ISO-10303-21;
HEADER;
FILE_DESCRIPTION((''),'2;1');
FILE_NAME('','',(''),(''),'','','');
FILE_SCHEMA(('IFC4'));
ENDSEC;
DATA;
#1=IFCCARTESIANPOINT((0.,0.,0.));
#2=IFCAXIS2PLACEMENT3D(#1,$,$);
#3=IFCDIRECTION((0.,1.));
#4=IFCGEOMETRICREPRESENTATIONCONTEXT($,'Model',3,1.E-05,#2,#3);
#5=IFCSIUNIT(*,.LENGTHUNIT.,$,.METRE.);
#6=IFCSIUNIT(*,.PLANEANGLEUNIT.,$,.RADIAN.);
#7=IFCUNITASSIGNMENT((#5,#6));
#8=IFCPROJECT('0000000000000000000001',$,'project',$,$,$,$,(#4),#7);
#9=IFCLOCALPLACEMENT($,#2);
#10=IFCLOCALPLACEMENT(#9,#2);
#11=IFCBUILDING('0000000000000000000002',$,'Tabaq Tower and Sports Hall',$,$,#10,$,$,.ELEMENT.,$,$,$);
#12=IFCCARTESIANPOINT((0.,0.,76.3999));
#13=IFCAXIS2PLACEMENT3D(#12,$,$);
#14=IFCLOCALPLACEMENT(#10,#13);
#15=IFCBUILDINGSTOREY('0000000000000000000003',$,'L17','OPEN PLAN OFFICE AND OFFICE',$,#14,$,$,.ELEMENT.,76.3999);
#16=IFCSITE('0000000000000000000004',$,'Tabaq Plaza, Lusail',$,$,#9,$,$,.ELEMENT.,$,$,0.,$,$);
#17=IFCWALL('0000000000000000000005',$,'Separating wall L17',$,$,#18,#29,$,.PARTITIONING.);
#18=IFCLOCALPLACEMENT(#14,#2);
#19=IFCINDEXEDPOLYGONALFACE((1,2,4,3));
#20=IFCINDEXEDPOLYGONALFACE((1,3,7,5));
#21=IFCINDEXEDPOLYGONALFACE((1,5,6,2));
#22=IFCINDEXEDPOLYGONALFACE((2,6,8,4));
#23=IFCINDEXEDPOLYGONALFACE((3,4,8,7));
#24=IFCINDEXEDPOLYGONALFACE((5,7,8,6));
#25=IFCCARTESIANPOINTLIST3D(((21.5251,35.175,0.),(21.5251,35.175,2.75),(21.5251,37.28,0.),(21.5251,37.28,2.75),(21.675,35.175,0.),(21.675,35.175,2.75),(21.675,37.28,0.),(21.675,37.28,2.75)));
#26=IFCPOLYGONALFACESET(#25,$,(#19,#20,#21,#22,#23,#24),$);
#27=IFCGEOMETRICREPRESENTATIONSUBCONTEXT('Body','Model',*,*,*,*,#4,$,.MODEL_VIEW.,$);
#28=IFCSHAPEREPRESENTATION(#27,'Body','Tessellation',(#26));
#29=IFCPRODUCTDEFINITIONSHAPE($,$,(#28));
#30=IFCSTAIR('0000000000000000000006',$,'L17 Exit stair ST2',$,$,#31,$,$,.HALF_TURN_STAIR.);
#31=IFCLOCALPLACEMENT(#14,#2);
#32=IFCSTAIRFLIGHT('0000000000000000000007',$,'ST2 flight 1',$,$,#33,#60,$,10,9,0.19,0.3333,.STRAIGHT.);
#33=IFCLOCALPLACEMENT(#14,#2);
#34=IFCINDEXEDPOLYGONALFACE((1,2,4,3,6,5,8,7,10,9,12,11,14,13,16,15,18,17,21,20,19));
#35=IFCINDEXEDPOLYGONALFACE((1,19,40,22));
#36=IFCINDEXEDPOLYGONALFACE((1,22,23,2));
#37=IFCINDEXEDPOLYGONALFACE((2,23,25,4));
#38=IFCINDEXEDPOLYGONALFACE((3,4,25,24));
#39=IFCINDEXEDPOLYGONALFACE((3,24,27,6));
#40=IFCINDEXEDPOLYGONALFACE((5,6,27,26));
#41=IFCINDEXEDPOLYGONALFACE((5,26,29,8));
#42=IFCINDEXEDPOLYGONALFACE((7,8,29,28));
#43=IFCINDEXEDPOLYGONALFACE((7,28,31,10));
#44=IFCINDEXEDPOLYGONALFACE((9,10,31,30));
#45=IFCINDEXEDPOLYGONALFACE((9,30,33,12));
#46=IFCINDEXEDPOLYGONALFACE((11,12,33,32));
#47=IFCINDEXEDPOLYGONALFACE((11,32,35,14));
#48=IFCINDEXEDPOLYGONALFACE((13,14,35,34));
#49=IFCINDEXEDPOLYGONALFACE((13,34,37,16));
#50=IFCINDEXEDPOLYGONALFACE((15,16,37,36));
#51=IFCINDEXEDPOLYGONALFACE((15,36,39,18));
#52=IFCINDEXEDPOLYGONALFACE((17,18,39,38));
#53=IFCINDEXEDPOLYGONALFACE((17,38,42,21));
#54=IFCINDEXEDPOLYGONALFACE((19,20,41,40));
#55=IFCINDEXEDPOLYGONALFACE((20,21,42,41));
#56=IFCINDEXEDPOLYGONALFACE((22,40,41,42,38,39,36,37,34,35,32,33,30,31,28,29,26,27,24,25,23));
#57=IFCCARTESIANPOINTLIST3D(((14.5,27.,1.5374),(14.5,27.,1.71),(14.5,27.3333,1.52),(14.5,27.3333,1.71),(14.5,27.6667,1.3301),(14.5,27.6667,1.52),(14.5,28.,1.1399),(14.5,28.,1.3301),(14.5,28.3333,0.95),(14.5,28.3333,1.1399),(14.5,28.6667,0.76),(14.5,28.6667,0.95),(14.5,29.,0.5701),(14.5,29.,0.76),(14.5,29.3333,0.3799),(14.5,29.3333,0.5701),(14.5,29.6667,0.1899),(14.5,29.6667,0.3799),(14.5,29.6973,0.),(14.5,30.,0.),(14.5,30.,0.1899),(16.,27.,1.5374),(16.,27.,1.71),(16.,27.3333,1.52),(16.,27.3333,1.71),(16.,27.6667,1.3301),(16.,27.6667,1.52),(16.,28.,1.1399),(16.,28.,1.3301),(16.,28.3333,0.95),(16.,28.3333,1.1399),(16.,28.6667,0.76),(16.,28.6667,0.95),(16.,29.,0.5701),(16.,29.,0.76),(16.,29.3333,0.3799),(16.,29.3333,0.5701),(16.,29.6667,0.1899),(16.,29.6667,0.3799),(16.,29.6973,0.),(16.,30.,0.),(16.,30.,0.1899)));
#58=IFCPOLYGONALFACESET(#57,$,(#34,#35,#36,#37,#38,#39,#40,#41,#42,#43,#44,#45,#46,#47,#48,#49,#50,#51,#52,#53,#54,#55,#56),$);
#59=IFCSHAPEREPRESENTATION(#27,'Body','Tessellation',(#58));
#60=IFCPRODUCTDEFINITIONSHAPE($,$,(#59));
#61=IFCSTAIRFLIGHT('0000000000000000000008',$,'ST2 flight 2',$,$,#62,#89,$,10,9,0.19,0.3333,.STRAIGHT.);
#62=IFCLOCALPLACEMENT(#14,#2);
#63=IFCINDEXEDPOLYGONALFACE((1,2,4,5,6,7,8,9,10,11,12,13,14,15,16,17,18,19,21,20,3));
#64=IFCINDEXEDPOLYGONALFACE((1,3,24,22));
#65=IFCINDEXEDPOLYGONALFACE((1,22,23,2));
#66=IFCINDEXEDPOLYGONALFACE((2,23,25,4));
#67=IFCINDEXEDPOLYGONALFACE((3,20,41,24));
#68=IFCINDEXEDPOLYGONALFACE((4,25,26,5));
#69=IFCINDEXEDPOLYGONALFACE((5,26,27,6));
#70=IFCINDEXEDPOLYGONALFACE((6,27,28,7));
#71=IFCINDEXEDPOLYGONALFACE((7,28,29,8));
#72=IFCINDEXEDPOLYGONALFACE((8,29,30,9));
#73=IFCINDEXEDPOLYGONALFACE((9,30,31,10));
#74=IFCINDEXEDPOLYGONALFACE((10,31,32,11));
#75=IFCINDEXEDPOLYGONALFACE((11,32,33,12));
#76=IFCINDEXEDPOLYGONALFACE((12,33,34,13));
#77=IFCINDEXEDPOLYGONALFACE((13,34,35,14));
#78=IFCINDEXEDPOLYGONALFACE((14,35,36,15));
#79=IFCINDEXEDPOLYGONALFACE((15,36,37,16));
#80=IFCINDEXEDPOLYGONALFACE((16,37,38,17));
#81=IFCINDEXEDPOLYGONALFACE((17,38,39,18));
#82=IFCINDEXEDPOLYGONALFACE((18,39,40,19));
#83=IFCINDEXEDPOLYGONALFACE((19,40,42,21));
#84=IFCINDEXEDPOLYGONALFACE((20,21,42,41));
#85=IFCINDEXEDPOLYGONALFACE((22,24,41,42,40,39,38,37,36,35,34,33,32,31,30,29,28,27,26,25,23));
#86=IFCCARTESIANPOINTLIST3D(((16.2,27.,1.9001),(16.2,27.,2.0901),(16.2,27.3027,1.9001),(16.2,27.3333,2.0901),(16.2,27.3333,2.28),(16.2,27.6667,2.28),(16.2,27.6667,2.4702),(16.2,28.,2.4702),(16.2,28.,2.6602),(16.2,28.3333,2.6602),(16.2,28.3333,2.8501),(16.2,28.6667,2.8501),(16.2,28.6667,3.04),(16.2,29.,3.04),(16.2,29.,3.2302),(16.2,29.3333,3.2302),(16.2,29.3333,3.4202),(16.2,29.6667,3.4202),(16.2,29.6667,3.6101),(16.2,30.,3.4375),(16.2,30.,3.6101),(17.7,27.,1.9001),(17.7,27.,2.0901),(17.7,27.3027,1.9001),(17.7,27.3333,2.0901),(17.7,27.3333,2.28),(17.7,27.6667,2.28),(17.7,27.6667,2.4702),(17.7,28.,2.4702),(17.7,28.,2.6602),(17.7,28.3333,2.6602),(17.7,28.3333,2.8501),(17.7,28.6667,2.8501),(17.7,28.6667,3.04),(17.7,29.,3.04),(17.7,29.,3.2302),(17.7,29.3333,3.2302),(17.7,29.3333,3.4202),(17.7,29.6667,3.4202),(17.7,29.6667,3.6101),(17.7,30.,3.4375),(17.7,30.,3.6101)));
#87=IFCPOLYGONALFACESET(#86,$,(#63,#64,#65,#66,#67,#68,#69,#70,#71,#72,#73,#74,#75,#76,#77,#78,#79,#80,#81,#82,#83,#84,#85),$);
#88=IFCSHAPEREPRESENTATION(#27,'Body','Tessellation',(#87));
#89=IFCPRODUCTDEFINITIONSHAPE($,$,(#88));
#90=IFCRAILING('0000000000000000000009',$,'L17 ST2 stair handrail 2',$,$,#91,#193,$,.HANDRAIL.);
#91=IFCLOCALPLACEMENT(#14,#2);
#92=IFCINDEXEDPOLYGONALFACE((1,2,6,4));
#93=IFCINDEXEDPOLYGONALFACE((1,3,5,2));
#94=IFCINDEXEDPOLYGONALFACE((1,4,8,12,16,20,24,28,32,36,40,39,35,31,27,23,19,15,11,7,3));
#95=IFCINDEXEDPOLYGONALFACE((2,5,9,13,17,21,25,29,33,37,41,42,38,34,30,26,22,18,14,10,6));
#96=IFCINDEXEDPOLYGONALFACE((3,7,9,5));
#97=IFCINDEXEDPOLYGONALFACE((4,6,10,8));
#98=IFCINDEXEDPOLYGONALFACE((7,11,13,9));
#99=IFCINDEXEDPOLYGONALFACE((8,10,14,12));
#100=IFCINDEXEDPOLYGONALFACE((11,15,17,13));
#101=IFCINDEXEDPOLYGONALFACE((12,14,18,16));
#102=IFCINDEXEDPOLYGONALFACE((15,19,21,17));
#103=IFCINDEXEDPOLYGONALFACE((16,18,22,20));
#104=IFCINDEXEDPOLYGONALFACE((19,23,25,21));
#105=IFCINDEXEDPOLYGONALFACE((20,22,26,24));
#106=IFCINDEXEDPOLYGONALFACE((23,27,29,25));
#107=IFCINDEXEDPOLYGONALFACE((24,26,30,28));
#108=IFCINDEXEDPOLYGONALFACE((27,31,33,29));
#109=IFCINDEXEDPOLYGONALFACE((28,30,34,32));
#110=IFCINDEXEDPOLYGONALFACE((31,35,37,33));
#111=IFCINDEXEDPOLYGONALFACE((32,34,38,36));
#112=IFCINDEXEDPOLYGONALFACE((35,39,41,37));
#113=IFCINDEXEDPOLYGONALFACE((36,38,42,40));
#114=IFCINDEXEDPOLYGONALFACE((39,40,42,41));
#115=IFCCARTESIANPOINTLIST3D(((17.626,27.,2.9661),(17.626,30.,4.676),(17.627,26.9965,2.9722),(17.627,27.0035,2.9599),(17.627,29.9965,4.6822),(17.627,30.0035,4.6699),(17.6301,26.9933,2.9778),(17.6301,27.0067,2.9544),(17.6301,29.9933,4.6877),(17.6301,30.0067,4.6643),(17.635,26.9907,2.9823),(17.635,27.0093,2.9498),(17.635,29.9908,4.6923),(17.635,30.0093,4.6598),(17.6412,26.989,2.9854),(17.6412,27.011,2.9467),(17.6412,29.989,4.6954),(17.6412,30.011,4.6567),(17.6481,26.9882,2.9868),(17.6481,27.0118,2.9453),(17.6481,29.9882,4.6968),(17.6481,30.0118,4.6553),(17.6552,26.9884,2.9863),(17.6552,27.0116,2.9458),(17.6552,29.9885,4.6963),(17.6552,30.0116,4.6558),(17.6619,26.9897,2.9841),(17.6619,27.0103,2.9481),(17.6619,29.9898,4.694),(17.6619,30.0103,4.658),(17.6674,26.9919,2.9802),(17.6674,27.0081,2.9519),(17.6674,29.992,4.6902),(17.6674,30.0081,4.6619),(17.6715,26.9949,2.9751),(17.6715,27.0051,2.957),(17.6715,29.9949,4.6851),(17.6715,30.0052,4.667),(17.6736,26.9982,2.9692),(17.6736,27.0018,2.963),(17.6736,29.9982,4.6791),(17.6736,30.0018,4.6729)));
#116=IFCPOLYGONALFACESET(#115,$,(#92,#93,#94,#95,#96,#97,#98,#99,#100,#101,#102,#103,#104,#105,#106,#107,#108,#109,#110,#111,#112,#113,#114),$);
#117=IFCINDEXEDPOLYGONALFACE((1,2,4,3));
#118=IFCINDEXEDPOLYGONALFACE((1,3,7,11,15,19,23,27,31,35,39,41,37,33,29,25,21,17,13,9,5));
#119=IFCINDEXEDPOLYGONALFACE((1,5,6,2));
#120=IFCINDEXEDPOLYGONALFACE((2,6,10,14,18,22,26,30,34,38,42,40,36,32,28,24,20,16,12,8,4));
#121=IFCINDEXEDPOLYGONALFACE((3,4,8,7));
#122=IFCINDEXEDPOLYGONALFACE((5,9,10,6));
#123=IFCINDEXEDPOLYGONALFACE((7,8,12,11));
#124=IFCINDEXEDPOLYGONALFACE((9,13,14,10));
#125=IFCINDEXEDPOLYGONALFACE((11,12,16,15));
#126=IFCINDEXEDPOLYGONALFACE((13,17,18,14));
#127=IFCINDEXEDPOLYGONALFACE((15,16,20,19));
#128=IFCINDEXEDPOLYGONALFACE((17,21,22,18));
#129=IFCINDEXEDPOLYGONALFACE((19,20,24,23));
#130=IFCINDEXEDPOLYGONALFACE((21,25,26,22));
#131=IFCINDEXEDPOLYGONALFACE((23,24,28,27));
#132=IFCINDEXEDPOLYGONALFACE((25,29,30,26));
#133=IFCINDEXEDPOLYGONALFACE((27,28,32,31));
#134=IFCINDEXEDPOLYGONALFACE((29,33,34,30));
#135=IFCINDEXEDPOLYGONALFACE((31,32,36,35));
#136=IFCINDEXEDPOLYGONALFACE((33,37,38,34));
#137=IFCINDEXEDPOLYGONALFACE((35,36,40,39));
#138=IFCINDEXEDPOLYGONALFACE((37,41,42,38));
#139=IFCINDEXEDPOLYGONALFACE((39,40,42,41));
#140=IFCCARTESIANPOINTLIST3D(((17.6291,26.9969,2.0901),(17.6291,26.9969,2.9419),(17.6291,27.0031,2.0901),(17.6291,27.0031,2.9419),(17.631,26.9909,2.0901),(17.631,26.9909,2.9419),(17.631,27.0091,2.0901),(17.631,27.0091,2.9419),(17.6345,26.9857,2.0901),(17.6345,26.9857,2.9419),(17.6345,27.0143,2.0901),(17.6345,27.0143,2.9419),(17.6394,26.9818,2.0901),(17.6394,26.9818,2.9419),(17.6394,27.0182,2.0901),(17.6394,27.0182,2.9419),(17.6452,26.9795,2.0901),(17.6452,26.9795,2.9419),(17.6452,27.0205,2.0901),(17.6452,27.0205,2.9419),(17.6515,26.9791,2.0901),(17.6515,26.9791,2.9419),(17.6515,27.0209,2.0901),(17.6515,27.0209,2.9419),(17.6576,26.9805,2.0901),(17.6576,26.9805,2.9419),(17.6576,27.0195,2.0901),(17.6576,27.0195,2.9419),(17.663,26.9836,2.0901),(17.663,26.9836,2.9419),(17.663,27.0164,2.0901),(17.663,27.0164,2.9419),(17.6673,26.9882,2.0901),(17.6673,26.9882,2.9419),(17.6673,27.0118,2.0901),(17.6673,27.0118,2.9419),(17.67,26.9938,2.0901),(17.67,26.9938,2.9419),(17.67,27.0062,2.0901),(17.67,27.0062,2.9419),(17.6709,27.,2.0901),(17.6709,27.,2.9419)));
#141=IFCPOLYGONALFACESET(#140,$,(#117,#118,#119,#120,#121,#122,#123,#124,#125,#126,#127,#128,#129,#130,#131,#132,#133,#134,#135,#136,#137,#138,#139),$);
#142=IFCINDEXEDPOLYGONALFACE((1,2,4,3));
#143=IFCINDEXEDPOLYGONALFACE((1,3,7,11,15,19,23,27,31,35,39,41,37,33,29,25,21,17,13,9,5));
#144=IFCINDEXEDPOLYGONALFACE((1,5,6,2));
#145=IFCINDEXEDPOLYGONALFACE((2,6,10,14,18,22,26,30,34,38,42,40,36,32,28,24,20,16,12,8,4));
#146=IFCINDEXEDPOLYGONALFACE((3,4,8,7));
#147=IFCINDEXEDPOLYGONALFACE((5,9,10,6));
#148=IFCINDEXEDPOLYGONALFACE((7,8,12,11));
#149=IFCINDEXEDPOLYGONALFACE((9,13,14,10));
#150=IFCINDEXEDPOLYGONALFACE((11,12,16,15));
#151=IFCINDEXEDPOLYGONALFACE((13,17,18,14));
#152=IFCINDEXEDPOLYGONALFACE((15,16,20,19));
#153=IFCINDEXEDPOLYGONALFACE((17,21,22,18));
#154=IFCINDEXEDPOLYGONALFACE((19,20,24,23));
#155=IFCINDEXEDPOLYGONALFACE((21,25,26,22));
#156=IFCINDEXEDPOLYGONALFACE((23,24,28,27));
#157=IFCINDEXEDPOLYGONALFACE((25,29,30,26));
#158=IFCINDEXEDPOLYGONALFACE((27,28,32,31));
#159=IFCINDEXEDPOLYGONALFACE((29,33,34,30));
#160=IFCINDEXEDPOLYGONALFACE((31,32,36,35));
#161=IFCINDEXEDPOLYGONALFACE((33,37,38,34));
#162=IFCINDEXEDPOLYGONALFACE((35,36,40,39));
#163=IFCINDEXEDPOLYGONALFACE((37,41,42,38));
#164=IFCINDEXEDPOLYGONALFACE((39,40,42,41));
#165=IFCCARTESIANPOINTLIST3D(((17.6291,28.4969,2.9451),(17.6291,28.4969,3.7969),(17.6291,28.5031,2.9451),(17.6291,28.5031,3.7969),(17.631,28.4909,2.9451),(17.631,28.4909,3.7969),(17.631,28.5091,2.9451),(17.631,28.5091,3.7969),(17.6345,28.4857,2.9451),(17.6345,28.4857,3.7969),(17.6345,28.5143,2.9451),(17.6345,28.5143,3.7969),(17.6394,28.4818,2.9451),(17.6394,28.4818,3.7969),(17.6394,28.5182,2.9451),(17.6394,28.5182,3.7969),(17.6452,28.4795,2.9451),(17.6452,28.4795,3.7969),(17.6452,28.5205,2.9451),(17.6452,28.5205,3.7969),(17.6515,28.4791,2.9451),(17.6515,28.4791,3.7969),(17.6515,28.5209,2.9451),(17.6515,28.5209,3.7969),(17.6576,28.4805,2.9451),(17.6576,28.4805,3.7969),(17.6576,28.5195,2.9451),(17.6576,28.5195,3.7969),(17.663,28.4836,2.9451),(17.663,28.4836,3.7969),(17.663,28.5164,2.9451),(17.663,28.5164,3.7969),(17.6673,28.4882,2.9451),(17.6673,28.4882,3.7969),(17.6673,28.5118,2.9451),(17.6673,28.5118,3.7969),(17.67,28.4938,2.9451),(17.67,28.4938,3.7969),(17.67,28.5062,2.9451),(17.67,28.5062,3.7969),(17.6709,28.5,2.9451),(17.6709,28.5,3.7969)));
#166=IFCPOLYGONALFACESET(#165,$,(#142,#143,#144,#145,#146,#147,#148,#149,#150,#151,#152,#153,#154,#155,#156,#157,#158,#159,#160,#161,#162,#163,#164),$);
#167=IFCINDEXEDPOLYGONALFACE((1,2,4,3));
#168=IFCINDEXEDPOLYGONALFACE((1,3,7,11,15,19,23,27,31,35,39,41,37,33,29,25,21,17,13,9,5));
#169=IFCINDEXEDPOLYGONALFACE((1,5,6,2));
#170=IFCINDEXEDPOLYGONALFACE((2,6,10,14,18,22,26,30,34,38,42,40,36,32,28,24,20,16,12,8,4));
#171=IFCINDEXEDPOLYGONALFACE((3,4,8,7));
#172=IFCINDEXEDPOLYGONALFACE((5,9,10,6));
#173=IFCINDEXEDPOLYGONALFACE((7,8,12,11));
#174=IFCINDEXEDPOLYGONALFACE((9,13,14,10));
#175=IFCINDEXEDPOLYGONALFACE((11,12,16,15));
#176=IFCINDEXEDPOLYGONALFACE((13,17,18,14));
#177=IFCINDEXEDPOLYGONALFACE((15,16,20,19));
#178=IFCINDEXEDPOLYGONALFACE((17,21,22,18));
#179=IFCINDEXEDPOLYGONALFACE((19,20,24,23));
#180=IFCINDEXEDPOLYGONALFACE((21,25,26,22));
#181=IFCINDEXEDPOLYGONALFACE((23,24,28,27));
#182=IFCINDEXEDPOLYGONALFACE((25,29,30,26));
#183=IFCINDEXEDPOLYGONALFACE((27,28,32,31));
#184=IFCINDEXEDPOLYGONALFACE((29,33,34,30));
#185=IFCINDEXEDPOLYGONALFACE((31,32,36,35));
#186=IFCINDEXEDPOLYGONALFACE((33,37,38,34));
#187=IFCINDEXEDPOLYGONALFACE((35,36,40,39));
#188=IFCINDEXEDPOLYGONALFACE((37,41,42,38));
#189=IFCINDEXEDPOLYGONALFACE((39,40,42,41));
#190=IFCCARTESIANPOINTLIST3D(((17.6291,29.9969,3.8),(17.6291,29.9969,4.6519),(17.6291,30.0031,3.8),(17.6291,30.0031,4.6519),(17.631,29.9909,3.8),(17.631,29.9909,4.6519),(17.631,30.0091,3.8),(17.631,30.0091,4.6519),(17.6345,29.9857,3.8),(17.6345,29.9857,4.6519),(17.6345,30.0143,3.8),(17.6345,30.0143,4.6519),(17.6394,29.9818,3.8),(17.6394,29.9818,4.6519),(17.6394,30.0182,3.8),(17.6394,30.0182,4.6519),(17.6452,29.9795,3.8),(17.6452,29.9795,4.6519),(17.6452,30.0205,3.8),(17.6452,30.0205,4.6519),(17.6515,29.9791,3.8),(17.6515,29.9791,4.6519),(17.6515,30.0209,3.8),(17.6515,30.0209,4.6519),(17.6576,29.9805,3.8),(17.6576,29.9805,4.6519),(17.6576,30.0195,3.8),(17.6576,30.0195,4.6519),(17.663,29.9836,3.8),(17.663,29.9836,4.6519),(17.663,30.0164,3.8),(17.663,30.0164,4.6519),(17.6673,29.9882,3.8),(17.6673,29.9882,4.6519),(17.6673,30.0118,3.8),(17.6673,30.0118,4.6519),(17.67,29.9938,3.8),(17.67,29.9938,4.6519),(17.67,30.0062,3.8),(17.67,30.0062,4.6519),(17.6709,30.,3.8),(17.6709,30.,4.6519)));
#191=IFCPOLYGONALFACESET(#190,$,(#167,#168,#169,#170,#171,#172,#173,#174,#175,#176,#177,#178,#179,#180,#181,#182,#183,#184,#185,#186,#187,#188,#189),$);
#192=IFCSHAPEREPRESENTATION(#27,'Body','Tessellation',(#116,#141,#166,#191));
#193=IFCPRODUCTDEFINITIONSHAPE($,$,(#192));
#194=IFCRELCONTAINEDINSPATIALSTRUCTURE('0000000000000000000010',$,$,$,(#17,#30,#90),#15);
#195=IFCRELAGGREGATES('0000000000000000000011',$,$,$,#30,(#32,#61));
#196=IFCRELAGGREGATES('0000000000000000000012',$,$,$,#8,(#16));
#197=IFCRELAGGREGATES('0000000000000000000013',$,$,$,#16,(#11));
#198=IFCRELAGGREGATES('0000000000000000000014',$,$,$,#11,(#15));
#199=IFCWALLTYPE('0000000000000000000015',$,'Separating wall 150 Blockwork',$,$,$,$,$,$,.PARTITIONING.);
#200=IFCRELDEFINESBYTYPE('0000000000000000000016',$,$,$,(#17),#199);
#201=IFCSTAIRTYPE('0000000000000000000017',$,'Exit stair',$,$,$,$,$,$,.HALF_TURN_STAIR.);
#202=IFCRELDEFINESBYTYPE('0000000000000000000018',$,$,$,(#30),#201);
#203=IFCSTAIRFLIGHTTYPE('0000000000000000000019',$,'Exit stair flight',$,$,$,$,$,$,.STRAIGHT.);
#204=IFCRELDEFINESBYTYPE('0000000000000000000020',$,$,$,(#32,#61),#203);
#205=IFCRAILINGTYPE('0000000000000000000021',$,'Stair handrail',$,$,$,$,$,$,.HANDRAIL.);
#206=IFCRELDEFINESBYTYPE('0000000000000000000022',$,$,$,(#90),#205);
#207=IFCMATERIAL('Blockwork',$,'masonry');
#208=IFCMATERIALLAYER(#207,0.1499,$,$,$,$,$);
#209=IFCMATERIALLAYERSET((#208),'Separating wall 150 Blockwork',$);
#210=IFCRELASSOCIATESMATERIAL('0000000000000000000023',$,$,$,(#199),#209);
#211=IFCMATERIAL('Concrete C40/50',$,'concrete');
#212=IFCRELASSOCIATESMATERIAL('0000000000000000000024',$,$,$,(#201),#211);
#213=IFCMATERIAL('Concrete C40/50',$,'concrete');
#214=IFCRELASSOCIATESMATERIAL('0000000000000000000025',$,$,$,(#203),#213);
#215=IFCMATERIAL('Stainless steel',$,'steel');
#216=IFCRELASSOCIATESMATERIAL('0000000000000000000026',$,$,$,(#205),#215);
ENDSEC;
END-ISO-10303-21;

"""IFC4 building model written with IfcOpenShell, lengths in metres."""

from ifc_helpers import new_model, si_unit, direction, frame, frame_2d, origin, origin_2d, place, context, subcontext, project, spatial, polyline, rectangle, circle, outline, extrude, material, layer, layer_set, type_object, element, aggregate, save


model = new_model("IFC4")

# Units and contexts
model_context = context("Model", 3, precision=1e-05, world=origin(), true_north=direction((0.0, 1.0)))
body_context = subcontext(model_context, "Body", "Model", "MODEL_VIEW")
ifc_project = project(units=[si_unit("LENGTHUNIT", "METRE"), si_unit("PLANEANGLEUNIT", "RADIAN")], contexts=[model_context])

# Site, building, storey
site_placement = place(None, origin())
site = spatial("IfcSite", under=ifc_project, at=site_placement, Name="Tabaq Plaza, Lusail", CompositionType="ELEMENT", RefElevation=0.0)
building_placement = place(site_placement, origin())
building = spatial("IfcBuilding", under=site, at=building_placement, Name="Tabaq Tower and Sports Hall", CompositionType="ELEMENT")
storey_placement = place(building_placement, frame((0.0, 0.0, 76.3999)))
storey = spatial("IfcBuildingStorey", under=building, at=storey_placement, Name="L17", Description="OPEN PLAN OFFICE AND OFFICE", CompositionType="ELEMENT", Elevation=76.3999)

# Wall
ifc_material_1 = material(Name="Blockwork", Category="masonry")
ifc_layer_1 = layer(ifc_material_1, 0.1499)
ifc_layer_set_1 = layer_set([ifc_layer_1], Name="Separating wall 150 Blockwork")
wall_type_1 = type_object("IfcWallType", Name="Separating wall 150 Blockwork", PredefinedType="PARTITIONING", material=ifc_layer_set_1)
wall_1_placement = place(storey_placement, frame((21.6001, 35.175, 0.0), z_axis=(0.0, 0.0, 1.0), x_axis=(0.0, 1.0, 0.0)))
element("IfcWall", 1, at=wall_1_placement, inside=storey, type_object=wall_type_1, Name="Separating wall L17", PredefinedType="PARTITIONING", context=body_context, shape_type="SweptSolid", body=[
    extrude(rectangle(XDim=2.105, YDim=0.1499, at=frame_2d((1.0525, 0.0))), origin(), (0.0, 0.0, 1.0), 2.75),
])

# Stair, stair flights
ifc_material_2 = material(Name="Concrete C40/50", Category="concrete")
stair_type = type_object("IfcStairType", Name="Exit stair", PredefinedType="HALF_TURN_STAIR", material=ifc_material_2)
stair_placement = place(storey_placement, origin())
stair = element("IfcStair", 2, at=stair_placement, inside=storey, type_object=stair_type, Name="L17 Exit stair ST2", PredefinedType="HALF_TURN_STAIR")
ifc_material_3 = material(Name="Concrete C40/50", Category="concrete")
stair_flight_type = type_object("IfcStairFlightType", Name="Exit stair flight", PredefinedType="STRAIGHT", material=ifc_material_3)
stair_flight_1_placement = place(storey_placement, frame((15.25, 30.0, 0.0), z_axis=(0.0, 0.0, 1.0), x_axis=(0.0, -1.0, 0.0)))
stair_flight_1 = element("IfcStairFlight", 3, at=stair_flight_1_placement, type_object=stair_flight_type, Name="ST2 flight 1", NumberOfRisers=10, NumberOfTreads=9, PredefinedType="STRAIGHT", RiserHeight=0.19, TreadLength=0.3333, context=body_context, shape_type="SweptSolid", body=[
    extrude(outline(polyline([(0.0, 0.0), (0.0, 0.1899), (0.3333, 0.1899), (0.3333, 0.3799), (0.6667, 0.3799), (0.6667, 0.5701), (1.0, 0.5701), (1.0, 0.76), (1.3333, 0.76), (1.3333, 0.95), (1.6667, 0.95), (1.6667, 1.1399), (2.0, 1.1399), (2.0, 1.3301), (2.3333, 1.3301), (2.3333, 1.52), (2.6667, 1.52), (2.6667, 1.71), (3.0, 1.71), (3.0, 1.8999), (3.0, 1.5374), (0.3027, 0.0), (0.0, 0.0)])), frame((0.0, 0.75, 0.0), z_axis=(0.0, -1.0, 0.0), x_axis=(1.0, 0.0, 0.0)), (0.0, 0.0, 1.0), 1.5),
])
stair_flight_2_placement = place(storey_placement, frame((16.95, 27.0, 1.9001), z_axis=(0.0, 0.0, 1.0), x_axis=(0.0, 1.0, 0.0)))
stair_flight_2 = element("IfcStairFlight", 4, at=stair_flight_2_placement, type_object=stair_flight_type, Name="ST2 flight 2", NumberOfRisers=10, NumberOfTreads=9, PredefinedType="STRAIGHT", RiserHeight=0.19, TreadLength=0.3333, context=body_context, shape_type="SweptSolid", body=[
    extrude(outline(polyline([(0.0, 0.0), (0.0, 0.1899), (0.3333, 0.1899), (0.3333, 0.3799), (0.6667, 0.3799), (0.6667, 0.5701), (1.0, 0.5701), (1.0, 0.76), (1.3333, 0.76), (1.3333, 0.95), (1.6667, 0.95), (1.6667, 1.1399), (2.0, 1.1399), (2.0, 1.3301), (2.3333, 1.3301), (2.3333, 1.52), (2.6667, 1.52), (2.6667, 1.71), (3.0, 1.71), (3.0, 1.8999), (3.0, 1.5374), (0.3027, 0.0), (0.0, 0.0)])), frame((0.0, 0.75, 0.0), z_axis=(0.0, -1.0, 0.0), x_axis=(1.0, 0.0, 0.0)), (0.0, 0.0, 1.0), 1.5),
])
aggregate(stair, [stair_flight_1, stair_flight_2])

# Railing
ifc_material_4 = material(Name="Stainless steel", Category="steel")
railing_type_1 = type_object("IfcRailingType", Name="Stair handrail", PredefinedType="HANDRAIL", material=ifc_material_4)
railing_1_placement = place(storey_placement, frame((17.6499, 27.0, 2.0901)))
element("IfcRailing", 5, at=railing_1_placement, inside=storey, type_object=railing_type_1, Name="L17 ST2 stair handrail 2", PredefinedType="HANDRAIL", context=body_context, shape_type="SweptSolid", body=[
    extrude(circle(Radius=0.0239, at=origin_2d()), frame((0.0, 0.0, 0.876), z_axis=(0.0, 0.868782, 0.495195), x_axis=(-1.0, 0.0, 0.0)), (0.0, 0.0, 1.0), 3.4531),
    extrude(circle(Radius=0.021, at=origin_2d()), origin(), (0.0, 0.0, 1.0), 0.8518),
    extrude(circle(Radius=0.021, at=origin_2d()), frame((0.0, 1.5, 0.855)), (0.0, 0.0, 1.0), 0.8518),
    extrude(circle(Radius=0.021, at=origin_2d()), frame((0.0, 3.0, 1.71)), (0.0, 0.0, 1.0), 0.8518),
])

save(model, "model.ifc")
